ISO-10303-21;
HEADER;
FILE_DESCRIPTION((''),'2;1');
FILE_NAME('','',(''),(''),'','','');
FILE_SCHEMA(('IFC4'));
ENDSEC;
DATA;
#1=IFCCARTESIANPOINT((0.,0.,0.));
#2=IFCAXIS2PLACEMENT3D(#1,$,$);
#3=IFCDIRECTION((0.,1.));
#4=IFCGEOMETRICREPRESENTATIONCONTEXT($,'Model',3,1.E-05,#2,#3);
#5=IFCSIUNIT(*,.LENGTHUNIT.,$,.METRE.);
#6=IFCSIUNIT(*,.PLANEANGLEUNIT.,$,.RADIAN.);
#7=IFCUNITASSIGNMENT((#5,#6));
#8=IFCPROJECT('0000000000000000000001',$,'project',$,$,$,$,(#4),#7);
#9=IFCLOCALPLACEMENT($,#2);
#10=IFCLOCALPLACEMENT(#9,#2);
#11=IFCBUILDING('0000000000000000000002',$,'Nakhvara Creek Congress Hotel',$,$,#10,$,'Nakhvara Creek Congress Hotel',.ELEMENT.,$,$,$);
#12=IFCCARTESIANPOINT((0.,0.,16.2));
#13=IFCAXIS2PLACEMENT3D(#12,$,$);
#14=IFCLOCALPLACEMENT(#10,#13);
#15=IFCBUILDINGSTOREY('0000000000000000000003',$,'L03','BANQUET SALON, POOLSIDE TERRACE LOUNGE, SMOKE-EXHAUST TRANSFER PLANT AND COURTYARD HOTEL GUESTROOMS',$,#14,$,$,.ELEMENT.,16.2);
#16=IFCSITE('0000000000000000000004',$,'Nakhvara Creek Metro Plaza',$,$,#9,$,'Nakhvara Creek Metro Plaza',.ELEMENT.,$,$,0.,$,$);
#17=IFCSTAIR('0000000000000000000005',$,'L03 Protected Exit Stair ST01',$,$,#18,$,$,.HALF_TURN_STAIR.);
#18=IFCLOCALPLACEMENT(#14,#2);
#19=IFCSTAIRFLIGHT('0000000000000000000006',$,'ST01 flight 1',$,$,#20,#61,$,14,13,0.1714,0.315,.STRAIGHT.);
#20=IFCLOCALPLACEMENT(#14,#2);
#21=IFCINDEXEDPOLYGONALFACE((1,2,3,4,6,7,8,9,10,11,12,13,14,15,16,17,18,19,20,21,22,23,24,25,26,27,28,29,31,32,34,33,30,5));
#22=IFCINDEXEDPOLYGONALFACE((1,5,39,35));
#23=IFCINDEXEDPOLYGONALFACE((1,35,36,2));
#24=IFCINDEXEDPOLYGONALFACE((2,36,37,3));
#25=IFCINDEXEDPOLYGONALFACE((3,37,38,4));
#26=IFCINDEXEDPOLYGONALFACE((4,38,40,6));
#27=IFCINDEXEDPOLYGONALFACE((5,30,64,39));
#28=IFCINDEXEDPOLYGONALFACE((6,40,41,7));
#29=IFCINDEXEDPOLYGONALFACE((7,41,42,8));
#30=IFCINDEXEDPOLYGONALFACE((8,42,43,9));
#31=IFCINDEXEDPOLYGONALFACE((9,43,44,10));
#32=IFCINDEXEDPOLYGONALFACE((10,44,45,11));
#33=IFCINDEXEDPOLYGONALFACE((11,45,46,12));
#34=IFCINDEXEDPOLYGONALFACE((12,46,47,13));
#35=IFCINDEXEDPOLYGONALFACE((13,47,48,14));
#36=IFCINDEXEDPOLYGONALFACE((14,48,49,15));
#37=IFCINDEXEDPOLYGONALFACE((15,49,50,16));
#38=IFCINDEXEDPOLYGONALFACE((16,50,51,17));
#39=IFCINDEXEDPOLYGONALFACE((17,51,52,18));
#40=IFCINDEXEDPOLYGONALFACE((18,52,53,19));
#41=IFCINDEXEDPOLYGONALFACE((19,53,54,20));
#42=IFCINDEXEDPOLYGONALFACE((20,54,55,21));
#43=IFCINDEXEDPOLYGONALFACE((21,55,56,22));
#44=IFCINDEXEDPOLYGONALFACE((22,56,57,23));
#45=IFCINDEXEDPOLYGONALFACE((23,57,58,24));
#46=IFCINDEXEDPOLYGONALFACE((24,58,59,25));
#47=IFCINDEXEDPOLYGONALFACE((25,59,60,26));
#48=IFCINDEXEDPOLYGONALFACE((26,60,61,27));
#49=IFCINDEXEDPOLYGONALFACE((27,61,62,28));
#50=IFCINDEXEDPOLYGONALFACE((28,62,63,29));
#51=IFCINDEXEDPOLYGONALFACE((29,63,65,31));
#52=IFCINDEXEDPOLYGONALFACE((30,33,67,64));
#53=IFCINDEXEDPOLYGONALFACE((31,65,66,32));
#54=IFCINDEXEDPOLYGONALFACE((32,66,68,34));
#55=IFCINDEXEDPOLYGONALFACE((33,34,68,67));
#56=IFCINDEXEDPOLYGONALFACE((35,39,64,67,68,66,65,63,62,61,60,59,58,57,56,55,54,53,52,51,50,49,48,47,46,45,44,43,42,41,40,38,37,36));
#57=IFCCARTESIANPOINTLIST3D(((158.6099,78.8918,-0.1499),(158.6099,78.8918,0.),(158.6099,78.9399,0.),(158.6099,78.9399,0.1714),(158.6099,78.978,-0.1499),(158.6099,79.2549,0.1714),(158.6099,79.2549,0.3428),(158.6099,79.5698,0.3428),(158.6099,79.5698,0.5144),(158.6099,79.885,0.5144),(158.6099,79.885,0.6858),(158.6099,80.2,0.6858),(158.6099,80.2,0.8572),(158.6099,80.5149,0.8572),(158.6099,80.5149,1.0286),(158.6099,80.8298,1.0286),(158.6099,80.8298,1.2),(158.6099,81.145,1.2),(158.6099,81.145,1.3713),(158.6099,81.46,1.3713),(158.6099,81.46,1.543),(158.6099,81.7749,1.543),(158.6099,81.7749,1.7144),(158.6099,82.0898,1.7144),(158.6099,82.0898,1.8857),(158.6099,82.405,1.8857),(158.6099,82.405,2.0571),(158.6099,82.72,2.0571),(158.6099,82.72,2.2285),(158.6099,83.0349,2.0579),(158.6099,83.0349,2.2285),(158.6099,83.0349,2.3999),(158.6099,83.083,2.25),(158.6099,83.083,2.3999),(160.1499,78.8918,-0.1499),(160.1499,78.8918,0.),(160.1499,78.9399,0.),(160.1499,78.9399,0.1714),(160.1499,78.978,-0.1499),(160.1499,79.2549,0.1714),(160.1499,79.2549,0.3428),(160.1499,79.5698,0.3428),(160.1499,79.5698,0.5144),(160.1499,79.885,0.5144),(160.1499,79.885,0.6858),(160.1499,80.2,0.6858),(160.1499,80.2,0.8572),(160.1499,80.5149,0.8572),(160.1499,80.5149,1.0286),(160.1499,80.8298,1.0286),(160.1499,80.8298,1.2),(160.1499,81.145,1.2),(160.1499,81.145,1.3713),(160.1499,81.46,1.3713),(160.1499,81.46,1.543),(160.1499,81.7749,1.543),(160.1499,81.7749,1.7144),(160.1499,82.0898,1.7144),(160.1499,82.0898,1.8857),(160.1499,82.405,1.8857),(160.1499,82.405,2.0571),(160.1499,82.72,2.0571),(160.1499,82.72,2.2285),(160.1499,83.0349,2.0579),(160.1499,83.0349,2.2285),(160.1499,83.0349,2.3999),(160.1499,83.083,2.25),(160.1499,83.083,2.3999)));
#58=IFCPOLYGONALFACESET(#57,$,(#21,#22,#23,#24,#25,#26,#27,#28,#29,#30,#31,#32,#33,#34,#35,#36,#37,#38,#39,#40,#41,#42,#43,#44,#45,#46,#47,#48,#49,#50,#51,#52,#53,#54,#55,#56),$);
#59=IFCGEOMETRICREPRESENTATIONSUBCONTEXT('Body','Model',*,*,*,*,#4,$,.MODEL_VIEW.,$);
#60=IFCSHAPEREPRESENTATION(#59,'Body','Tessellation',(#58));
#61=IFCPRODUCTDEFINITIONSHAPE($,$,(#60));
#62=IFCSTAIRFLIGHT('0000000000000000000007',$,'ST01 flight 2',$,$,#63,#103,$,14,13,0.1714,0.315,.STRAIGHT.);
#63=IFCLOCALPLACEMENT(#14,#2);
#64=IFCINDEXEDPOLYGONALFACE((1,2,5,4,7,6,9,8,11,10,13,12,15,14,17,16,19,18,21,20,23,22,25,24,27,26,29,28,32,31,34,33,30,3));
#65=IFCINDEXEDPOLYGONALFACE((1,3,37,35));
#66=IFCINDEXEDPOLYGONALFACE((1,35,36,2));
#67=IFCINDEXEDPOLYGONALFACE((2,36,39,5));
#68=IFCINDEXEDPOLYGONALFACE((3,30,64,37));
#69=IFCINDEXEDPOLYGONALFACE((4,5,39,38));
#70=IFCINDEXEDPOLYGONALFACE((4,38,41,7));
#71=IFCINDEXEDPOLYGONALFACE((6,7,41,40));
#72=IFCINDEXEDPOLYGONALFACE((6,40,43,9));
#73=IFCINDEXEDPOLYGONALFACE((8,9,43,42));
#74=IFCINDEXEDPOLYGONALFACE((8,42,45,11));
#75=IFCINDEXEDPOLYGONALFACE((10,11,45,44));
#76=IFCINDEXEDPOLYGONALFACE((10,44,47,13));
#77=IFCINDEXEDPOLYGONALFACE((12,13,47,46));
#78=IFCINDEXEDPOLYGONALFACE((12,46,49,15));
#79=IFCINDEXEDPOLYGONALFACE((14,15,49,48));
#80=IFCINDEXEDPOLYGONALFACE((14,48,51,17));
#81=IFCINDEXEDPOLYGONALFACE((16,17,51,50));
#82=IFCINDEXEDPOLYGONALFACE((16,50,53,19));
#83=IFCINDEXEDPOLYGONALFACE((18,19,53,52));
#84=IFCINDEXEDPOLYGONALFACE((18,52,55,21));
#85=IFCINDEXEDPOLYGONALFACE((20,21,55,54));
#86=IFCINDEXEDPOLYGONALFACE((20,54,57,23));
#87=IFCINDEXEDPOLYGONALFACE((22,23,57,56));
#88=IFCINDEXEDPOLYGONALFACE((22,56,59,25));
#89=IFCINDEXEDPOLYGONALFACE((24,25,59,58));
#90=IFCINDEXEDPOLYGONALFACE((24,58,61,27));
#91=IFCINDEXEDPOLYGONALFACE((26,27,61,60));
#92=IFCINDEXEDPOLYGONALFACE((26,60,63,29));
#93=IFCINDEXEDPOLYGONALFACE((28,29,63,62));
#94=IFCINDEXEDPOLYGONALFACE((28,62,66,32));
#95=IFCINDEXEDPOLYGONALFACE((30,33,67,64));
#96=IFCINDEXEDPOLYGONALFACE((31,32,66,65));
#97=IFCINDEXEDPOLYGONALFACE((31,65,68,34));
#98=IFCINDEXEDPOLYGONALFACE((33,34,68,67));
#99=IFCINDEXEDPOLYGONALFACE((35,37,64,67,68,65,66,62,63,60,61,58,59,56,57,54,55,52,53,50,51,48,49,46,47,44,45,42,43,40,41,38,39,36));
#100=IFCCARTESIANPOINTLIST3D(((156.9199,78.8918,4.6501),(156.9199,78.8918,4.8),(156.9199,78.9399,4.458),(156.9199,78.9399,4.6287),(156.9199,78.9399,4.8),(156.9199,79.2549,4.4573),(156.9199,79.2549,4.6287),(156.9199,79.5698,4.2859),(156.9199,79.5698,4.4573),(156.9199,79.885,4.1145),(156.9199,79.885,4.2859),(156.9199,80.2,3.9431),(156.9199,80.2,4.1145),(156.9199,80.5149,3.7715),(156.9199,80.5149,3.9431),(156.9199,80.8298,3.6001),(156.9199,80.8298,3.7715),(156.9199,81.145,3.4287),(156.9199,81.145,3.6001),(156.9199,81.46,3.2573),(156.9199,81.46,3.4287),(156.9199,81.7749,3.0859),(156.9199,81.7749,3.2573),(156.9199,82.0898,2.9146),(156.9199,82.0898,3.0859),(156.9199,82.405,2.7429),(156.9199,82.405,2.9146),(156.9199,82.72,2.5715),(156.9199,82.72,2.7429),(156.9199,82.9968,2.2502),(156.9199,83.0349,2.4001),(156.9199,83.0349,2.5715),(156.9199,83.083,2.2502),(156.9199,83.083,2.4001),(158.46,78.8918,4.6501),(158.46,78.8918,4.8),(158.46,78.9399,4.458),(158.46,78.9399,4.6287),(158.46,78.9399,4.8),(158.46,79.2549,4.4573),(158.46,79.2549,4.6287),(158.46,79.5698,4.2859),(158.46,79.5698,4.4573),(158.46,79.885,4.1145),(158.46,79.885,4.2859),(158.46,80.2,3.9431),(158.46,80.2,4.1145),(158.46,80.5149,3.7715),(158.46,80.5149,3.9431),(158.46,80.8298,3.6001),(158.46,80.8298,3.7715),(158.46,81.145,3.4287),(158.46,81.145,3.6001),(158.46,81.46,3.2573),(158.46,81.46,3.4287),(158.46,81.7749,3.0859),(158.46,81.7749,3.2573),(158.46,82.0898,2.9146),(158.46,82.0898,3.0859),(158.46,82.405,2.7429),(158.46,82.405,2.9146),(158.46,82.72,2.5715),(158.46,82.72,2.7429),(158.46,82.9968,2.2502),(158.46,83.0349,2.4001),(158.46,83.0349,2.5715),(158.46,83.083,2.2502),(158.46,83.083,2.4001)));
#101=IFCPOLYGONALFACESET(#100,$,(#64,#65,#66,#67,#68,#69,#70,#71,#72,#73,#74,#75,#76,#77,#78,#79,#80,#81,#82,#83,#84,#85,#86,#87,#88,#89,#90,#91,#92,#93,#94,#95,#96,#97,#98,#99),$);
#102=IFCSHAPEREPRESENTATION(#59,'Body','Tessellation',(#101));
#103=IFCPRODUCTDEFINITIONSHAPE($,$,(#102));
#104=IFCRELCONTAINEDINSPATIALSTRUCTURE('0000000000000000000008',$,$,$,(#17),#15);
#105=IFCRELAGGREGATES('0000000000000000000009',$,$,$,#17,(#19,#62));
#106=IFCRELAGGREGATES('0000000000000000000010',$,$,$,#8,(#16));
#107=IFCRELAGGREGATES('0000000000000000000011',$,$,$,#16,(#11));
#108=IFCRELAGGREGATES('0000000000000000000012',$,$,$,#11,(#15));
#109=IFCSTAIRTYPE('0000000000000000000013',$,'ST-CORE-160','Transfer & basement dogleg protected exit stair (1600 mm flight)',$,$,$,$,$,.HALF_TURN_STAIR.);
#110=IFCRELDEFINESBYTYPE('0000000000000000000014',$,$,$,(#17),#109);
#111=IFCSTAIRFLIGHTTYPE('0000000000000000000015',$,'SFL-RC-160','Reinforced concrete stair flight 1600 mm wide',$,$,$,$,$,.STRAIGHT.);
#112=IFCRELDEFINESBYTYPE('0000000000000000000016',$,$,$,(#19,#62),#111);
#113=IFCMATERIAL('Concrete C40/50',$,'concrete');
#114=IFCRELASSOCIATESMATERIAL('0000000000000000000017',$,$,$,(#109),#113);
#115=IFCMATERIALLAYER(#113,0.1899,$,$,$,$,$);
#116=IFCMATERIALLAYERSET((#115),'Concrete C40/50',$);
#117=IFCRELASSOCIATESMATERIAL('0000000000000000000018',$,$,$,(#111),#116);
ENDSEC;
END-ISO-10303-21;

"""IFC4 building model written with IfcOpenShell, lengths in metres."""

from ifc_helpers import new_model, si_unit, direction, frame, origin, place, context, subcontext, project, spatial, polyline, outline, extrude, material, layer, layer_set, type_object, element, aggregate, save


model = new_model("IFC4")

# Units and contexts
model_context = context("Model", 3, precision=1e-05, world=origin(), true_north=direction((0.0, 1.0)))
body_context = subcontext(model_context, "Body", "Model", "MODEL_VIEW")
ifc_project = project(units=[si_unit("LENGTHUNIT", "METRE"), si_unit("PLANEANGLEUNIT", "RADIAN")], contexts=[model_context])

# Site, building, storey
site_placement = place(None, origin())
site = spatial("IfcSite", under=ifc_project, at=site_placement, Name="Nakhvara Creek Metro Plaza", LongName="Nakhvara Creek Metro Plaza", CompositionType="ELEMENT", RefElevation=0.0)
building_placement = place(site_placement, origin())
building = spatial("IfcBuilding", under=site, at=building_placement, Name="Nakhvara Creek Congress Hotel", LongName="Nakhvara Creek Congress Hotel", CompositionType="ELEMENT")
storey_placement = place(building_placement, frame((0.0, 0.0, 16.2)))
storey = spatial("IfcBuildingStorey", under=building, at=storey_placement, Name="L03", Description="BANQUET SALON, POOLSIDE TERRACE LOUNGE, SMOKE-EXHAUST TRANSFER PLANT AND COURTYARD HOTEL GUESTROOMS", CompositionType="ELEMENT", Elevation=16.2)

# Shared definitions
ifc_material_1 = material(Name="Concrete C40/50", Category="concrete")

# Stair, stair flights
stair_type = type_object("IfcStairType", Name="ST-CORE-160", Description="Transfer & basement dogleg protected exit stair (1600 mm flight)", PredefinedType="HALF_TURN_STAIR", material=ifc_material_1)
stair_placement = place(storey_placement, origin())
stair = element("IfcStair", 1, at=stair_placement, inside=storey, type_object=stair_type, Name="L03 Protected Exit Stair ST01", PredefinedType="HALF_TURN_STAIR")
ifc_layer_1 = layer(ifc_material_1, 0.1899)
ifc_layer_set_1 = layer_set([ifc_layer_1], Name="Concrete C40/50")
stair_flight_type = type_object("IfcStairFlightType", Name="SFL-RC-160", Description="Reinforced concrete stair flight 1600 mm wide", PredefinedType="STRAIGHT", material=ifc_layer_set_1)
stair_flight_1_placement = place(storey_placement, frame((159.3799, 78.9399, 0.0), z_axis=(0.0, 0.0, 1.0), x_axis=(0.0, 1.0, 0.0)))
stair_flight_1 = element("IfcStairFlight", 2, at=stair_flight_1_placement, type_object=stair_flight_type, Name="ST01 flight 1", NumberOfRisers=14, NumberOfTreads=13, PredefinedType="STRAIGHT", RiserHeight=0.1714, TreadLength=0.315, context=body_context, shape_type="SweptSolid", body=[
    extrude(outline(polyline([(-0.0481, 0.0), (0.0, 0.0), (0.0, 0.1714), (0.3149, 0.1714), (0.3149, 0.3428), (0.6299, 0.3428), (0.6299, 0.5144), (0.9451, 0.5144), (0.9451, 0.6858), (1.26, 0.6858), (1.26, 0.8572), (1.575, 0.8572), (1.575, 1.0286), (1.8899, 1.0286), (1.8899, 1.2), (2.2051, 1.2), (2.2051, 1.3713), (2.52, 1.3713), (2.52, 1.543), (2.835, 1.543), (2.835, 1.7144), (3.1499, 1.7144), (3.1499, 1.8857), (3.4651, 1.8857), (3.4651, 2.0571), (3.78, 2.0571), (3.78, 2.2285), (4.095, 2.2285), (4.095, 2.3999), (4.1431, 2.3999), (4.1431, 2.25), (4.095, 2.0579), (0.0381, -0.1499), (-0.0481, -0.1499), (-0.0481, 0.0)])), frame((0.0, 0.77, 0.0), z_axis=(0.0, -1.0, 0.0), x_axis=(1.0, 0.0, 0.0)), (0.0, 0.0, 1.0), 1.54),
])
stair_flight_2_placement = place(storey_placement, frame((157.6899, 83.0349, 2.4001), z_axis=(0.0, 0.0, 1.0), x_axis=(0.0, -1.0, 0.0)))
stair_flight_2 = element("IfcStairFlight", 3, at=stair_flight_2_placement, type_object=stair_flight_type, Name="ST01 flight 2", NumberOfRisers=14, NumberOfTreads=13, PredefinedType="STRAIGHT", RiserHeight=0.1714, TreadLength=0.315, context=body_context, shape_type="SweptSolid", body=[
    extrude(outline(polyline([(-0.0481, 0.0), (0.0, 0.0), (0.0, 0.1714), (0.3149, 0.1714), (0.3149, 0.3428), (0.6299, 0.3428), (0.6299, 0.5144), (0.9451, 0.5144), (0.9451, 0.6858), (1.26, 0.6858), (1.26, 0.8572), (1.575, 0.8572), (1.575, 1.0286), (1.8899, 1.0286), (1.8899, 1.2), (2.2051, 1.2), (2.2051, 1.3713), (2.52, 1.3713), (2.52, 1.543), (2.835, 1.543), (2.835, 1.7144), (3.1499, 1.7144), (3.1499, 1.8857), (3.4651, 1.8857), (3.4651, 2.0571), (3.78, 2.0571), (3.78, 2.2285), (4.095, 2.2285), (4.095, 2.3999), (4.1431, 2.3999), (4.1431, 2.25), (4.095, 2.0579), (0.0381, -0.1499), (-0.0481, -0.1499), (-0.0481, 0.0)])), frame((0.0, 0.77, 0.0), z_axis=(0.0, -1.0, 0.0), x_axis=(1.0, 0.0, 0.0)), (0.0, 0.0, 1.0), 1.54),
])
aggregate(stair, [stair_flight_1, stair_flight_2])

save(model, "model.ifc")
